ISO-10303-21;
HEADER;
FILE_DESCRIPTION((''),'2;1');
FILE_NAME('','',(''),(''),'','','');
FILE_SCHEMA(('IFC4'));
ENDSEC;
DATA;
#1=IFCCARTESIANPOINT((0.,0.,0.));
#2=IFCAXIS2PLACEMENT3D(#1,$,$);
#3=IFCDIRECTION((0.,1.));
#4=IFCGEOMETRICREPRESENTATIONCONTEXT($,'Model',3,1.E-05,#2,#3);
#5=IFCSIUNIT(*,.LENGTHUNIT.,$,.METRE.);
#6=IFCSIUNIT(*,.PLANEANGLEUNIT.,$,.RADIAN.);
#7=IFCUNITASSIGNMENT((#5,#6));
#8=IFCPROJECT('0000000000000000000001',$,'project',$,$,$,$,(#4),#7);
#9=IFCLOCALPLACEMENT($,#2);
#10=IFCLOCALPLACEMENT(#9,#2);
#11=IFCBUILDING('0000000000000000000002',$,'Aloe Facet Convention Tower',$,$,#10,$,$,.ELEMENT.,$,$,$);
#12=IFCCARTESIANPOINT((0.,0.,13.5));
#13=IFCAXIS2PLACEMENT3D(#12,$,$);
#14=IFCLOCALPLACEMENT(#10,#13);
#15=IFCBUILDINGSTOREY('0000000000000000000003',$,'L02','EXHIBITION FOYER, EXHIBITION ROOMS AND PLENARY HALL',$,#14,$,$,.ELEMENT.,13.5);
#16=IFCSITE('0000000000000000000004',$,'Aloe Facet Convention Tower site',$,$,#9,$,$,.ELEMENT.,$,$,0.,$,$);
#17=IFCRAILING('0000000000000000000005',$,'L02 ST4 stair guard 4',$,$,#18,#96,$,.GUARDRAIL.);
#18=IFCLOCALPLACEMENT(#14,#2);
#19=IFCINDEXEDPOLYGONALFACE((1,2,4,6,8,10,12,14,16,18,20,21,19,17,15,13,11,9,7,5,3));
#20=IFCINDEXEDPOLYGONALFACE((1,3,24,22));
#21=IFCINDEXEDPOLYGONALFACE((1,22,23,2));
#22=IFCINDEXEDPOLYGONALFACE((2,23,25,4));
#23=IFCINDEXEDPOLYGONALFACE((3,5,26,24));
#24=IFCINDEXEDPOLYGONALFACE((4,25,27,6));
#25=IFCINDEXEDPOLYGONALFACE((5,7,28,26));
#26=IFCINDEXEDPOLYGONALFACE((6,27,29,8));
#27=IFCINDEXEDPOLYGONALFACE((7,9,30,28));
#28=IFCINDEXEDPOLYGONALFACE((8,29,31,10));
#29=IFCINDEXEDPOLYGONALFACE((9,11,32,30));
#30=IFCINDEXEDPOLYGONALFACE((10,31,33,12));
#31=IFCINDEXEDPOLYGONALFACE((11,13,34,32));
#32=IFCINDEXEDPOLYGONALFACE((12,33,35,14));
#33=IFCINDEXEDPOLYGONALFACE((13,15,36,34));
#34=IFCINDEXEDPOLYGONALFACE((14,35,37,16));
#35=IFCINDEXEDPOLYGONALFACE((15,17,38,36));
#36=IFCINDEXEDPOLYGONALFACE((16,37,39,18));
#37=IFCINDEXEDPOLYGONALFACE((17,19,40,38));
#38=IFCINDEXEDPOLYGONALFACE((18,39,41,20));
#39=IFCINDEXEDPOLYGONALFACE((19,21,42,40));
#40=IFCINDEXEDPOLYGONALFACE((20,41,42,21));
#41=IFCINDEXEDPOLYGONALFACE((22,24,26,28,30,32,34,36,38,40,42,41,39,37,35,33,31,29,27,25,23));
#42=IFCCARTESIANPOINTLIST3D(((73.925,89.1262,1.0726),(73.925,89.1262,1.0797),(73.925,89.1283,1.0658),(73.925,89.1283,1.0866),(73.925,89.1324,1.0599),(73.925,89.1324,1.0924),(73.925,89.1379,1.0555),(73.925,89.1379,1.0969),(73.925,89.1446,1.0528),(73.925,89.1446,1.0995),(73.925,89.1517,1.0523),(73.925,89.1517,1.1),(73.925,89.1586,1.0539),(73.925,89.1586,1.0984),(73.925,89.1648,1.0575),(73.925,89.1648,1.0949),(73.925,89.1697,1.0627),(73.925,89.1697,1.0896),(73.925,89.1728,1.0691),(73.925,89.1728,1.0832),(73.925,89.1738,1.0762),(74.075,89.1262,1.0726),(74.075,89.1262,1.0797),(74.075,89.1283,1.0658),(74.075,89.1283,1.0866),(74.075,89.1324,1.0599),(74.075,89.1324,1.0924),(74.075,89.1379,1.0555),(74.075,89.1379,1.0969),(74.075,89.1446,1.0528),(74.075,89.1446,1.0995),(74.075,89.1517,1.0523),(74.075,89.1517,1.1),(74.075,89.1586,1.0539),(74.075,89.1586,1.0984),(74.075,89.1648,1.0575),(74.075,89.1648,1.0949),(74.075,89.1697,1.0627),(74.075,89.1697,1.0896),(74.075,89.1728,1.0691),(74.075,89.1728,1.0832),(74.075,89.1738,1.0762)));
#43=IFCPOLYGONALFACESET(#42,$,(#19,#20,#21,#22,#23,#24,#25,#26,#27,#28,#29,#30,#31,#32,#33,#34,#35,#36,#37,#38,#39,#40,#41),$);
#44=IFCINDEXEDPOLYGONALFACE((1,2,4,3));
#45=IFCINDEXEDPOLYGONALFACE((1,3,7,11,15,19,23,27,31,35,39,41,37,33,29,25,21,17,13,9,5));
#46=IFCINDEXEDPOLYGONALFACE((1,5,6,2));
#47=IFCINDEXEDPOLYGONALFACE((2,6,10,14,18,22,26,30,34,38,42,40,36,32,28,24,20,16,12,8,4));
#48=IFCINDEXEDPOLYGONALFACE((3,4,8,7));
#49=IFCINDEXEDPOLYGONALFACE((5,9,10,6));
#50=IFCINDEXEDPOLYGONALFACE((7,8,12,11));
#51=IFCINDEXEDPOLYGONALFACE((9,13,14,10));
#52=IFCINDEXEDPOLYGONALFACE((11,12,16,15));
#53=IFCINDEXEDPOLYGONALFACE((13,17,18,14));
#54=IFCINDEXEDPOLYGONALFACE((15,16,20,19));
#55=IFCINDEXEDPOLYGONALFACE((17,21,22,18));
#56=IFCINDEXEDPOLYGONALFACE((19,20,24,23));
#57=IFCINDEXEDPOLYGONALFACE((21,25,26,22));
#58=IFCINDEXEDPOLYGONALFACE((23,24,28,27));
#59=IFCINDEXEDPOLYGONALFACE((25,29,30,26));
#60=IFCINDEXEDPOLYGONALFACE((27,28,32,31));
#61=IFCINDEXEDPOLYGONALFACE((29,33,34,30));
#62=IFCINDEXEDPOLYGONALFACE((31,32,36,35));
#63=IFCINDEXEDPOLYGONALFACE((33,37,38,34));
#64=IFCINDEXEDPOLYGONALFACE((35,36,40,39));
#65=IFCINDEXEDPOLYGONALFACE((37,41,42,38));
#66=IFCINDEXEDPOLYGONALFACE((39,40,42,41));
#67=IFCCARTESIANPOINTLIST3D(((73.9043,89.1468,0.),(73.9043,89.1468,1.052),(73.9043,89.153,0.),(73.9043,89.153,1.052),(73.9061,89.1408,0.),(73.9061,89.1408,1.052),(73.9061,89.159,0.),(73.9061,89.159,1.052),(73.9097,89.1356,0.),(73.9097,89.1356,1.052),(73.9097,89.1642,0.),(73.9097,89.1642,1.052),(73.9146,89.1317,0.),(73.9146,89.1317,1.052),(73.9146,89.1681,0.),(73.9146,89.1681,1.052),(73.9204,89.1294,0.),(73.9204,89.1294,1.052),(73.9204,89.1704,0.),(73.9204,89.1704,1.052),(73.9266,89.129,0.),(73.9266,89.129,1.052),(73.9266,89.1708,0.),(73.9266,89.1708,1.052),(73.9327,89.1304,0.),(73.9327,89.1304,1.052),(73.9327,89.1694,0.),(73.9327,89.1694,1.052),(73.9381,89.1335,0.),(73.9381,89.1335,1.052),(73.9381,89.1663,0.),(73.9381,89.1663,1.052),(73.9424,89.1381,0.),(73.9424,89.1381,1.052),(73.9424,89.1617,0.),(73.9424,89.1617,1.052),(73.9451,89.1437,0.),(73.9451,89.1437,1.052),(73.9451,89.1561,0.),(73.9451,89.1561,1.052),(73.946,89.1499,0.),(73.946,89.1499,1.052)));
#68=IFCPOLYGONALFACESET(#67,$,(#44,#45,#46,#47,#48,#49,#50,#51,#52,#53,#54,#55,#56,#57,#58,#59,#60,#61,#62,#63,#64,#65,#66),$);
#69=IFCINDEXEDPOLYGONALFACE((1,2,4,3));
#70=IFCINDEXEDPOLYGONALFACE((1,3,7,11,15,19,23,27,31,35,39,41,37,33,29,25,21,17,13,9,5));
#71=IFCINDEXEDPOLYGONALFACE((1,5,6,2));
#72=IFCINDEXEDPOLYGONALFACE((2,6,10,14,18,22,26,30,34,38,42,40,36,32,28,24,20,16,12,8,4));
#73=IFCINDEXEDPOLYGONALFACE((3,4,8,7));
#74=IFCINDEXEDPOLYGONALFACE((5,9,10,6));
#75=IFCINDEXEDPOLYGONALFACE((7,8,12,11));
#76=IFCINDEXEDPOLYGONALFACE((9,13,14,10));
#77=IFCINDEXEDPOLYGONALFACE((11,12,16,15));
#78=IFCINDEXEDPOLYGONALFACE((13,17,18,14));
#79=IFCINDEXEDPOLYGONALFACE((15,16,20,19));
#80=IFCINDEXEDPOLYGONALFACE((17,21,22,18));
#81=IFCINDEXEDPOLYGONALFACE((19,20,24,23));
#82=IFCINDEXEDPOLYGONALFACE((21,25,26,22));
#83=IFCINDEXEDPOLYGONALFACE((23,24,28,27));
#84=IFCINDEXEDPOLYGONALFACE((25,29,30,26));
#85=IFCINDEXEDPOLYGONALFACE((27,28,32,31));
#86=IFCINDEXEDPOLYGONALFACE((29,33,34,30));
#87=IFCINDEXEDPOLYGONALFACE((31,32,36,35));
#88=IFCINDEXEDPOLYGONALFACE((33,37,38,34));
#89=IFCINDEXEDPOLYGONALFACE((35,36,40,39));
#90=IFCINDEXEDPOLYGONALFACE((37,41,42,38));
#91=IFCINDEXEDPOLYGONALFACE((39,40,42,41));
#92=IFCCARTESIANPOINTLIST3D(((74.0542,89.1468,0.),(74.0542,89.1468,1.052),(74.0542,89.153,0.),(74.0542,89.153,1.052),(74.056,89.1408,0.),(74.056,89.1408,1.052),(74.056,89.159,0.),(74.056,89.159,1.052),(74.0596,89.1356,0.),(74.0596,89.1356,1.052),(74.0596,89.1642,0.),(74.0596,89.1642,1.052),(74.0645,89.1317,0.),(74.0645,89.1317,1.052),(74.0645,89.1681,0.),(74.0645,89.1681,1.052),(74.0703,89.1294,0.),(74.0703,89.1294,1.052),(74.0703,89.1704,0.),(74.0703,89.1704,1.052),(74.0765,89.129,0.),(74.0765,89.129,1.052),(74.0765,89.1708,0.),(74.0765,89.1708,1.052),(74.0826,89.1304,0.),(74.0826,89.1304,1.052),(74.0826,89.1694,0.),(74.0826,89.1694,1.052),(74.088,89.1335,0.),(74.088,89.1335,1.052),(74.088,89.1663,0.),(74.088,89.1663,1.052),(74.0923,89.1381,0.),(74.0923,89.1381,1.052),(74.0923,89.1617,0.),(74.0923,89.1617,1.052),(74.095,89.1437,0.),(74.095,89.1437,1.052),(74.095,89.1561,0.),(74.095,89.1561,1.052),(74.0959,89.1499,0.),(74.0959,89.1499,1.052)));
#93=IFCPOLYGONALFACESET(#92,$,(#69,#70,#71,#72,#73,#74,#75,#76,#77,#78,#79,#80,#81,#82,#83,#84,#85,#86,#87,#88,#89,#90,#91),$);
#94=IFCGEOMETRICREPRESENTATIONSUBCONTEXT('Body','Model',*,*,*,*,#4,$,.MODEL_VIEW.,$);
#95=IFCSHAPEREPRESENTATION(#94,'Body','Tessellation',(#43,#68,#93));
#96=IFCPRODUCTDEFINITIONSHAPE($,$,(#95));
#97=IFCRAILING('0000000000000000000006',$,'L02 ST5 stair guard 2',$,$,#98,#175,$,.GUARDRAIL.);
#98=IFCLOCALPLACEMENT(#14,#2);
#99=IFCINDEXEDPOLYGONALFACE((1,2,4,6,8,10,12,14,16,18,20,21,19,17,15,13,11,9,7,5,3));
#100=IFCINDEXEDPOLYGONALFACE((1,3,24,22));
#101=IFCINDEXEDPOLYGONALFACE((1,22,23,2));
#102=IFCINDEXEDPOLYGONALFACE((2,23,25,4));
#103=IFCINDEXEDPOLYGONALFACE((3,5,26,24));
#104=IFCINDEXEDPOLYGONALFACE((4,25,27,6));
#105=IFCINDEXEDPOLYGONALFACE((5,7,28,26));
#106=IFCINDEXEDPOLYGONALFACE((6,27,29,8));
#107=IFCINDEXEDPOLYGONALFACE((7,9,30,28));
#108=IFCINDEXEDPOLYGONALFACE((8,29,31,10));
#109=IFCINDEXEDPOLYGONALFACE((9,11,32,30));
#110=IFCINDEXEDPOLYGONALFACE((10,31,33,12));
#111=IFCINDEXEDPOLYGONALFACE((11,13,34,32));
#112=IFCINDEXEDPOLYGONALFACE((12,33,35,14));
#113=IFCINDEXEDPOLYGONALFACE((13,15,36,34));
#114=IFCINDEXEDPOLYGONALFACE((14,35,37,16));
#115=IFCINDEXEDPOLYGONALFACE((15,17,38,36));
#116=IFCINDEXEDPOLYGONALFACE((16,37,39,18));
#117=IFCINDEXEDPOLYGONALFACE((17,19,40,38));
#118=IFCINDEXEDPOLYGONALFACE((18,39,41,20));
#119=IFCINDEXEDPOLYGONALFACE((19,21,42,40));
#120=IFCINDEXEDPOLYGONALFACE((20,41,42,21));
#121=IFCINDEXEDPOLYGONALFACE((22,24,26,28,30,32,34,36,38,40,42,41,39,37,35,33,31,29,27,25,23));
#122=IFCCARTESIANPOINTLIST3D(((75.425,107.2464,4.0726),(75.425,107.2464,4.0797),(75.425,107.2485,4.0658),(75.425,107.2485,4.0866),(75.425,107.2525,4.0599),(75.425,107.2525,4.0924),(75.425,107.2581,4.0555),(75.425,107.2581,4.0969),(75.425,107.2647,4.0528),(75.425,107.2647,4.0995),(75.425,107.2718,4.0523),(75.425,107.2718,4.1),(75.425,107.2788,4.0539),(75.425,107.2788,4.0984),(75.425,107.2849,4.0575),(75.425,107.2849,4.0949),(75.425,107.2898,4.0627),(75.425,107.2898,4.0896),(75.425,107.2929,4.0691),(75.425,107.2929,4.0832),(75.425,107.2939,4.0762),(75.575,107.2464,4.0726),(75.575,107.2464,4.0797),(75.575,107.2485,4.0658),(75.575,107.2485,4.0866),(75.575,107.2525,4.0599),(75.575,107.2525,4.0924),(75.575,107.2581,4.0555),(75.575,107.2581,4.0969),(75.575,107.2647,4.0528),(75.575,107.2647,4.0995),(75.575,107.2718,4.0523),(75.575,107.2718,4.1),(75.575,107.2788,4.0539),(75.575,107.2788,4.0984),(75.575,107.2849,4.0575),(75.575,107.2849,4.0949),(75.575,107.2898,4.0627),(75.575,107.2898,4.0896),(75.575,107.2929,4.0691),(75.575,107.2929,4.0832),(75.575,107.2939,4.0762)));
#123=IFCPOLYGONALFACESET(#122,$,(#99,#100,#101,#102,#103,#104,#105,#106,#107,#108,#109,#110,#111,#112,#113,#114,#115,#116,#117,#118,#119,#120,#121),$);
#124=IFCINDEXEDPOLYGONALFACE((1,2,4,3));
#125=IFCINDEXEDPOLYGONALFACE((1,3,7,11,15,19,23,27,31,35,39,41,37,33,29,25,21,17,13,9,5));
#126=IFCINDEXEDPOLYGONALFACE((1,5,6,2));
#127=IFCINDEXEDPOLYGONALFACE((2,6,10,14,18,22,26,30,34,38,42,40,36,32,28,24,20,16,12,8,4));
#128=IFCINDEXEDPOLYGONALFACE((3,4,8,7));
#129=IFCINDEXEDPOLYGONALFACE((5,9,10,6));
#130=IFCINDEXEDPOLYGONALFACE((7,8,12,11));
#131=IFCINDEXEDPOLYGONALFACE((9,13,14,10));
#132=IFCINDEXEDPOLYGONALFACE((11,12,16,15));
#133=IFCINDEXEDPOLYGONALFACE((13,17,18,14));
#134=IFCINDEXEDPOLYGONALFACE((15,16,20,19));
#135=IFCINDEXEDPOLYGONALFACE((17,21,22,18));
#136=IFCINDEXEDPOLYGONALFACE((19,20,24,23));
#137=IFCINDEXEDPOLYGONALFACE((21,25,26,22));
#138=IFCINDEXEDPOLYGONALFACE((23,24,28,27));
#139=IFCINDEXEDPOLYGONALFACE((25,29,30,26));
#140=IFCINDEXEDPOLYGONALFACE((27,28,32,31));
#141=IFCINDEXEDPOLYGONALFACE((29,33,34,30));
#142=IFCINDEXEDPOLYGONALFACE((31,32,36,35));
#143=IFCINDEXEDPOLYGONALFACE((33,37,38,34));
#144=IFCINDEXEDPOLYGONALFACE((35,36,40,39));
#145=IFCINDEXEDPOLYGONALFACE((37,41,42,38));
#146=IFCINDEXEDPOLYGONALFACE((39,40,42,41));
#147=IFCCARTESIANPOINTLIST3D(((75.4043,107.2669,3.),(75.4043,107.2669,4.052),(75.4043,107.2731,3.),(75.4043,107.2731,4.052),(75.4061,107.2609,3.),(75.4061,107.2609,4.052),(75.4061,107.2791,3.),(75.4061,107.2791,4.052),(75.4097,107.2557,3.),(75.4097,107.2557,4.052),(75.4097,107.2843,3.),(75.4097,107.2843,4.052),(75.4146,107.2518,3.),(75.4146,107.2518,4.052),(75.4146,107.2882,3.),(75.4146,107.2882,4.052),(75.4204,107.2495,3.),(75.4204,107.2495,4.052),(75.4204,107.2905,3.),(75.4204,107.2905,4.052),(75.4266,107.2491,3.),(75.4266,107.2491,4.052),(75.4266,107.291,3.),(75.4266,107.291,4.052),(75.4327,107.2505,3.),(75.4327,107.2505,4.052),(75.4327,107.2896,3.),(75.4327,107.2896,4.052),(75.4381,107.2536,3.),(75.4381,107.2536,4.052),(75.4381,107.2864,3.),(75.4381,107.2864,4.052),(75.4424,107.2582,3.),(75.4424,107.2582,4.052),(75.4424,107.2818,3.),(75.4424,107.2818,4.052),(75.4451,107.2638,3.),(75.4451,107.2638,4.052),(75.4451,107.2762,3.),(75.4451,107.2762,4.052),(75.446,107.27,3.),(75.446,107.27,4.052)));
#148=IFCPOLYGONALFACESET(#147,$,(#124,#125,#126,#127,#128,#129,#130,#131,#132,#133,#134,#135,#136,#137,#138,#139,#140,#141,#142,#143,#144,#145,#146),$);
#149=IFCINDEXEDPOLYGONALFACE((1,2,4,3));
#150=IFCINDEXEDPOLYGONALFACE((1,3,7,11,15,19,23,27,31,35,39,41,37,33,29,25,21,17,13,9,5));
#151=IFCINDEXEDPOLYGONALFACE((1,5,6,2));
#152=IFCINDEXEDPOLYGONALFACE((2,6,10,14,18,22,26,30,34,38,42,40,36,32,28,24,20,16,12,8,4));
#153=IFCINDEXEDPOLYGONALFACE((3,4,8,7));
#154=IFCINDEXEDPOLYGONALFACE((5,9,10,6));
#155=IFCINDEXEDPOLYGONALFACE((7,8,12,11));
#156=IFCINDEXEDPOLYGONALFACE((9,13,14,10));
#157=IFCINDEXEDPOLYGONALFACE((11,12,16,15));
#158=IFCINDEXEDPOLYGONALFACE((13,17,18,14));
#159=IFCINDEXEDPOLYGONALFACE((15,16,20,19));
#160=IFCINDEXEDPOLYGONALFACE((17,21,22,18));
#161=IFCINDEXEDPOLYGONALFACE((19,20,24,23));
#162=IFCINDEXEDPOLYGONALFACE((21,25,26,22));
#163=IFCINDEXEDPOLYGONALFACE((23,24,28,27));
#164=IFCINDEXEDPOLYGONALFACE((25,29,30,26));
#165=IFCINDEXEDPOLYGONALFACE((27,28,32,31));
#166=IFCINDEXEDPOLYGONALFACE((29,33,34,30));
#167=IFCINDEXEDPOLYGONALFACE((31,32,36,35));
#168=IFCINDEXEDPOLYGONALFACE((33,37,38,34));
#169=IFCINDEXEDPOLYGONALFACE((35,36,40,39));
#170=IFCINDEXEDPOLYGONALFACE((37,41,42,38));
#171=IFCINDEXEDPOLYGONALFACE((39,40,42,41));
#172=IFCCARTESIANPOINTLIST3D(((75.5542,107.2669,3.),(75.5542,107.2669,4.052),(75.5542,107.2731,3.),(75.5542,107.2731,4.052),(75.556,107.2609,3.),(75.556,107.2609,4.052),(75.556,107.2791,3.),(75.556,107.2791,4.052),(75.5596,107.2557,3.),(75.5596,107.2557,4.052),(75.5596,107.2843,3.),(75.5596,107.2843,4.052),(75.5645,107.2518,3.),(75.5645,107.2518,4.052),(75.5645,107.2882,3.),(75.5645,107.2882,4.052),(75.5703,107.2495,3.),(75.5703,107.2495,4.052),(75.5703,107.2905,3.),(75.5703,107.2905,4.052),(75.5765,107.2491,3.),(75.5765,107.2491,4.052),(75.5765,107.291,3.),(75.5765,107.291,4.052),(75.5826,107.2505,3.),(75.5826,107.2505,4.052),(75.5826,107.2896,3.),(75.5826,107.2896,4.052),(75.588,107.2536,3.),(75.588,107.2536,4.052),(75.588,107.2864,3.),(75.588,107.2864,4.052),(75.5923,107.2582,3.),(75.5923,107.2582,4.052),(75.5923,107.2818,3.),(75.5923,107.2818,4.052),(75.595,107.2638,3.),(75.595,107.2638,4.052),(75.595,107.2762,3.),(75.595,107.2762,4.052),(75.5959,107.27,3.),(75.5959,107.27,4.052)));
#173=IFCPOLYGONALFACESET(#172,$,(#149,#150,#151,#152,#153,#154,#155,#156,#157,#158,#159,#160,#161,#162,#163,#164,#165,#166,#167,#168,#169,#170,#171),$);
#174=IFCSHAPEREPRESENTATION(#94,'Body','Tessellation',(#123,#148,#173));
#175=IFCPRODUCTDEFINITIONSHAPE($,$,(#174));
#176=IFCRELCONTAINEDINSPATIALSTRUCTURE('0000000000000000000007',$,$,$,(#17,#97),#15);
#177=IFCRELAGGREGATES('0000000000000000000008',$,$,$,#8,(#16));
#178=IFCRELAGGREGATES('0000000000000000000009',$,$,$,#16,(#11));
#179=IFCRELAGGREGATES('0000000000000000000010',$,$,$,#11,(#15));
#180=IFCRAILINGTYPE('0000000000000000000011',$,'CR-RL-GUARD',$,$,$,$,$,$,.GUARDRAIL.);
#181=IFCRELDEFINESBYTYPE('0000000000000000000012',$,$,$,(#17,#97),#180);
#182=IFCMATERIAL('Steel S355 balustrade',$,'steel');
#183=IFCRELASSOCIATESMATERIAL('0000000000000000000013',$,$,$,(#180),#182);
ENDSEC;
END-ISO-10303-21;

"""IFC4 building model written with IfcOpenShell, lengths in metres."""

from ifc_helpers import new_model, si_unit, direction, frame, origin, origin_2d, place, context, subcontext, project, spatial, circle, extrude, material, type_object, element, save


model = new_model("IFC4")

# Units and contexts
model_context = context("Model", 3, precision=1e-05, world=origin(), true_north=direction((0.0, 1.0)))
body_context = subcontext(model_context, "Body", "Model", "MODEL_VIEW")
ifc_project = project(units=[si_unit("LENGTHUNIT", "METRE"), si_unit("PLANEANGLEUNIT", "RADIAN")], contexts=[model_context])

# Site, building, storey
site_placement = place(None, origin())
site = spatial("IfcSite", under=ifc_project, at=site_placement, Name="Aloe Facet Convention Tower site", CompositionType="ELEMENT", RefElevation=0.0)
building_placement = place(site_placement, origin())
building = spatial("IfcBuilding", under=site, at=building_placement, Name="Aloe Facet Convention Tower", CompositionType="ELEMENT")
storey_placement = place(building_placement, frame((0.0, 0.0, 13.5)))
storey = spatial("IfcBuildingStorey", under=building, at=storey_placement, Name="L02", Description="EXHIBITION FOYER, EXHIBITION ROOMS AND PLENARY HALL", CompositionType="ELEMENT", Elevation=13.5)

# Railings
ifc_material_1 = material(Name="Steel S355 balustrade", Category="steel")
railing_type = type_object("IfcRailingType", Name="CR-RL-GUARD", PredefinedType="GUARDRAIL", material=ifc_material_1)
for number, where, name in (
    (1, (73.925, 89.1499, 0.0), "L02 ST4 stair guard 4"),
    (2, (75.425, 107.27, 3.0), "L02 ST5 stair guard 2"),
):
    element("IfcRailing", number, at=place(storey_placement, frame(where)), inside=storey, type_object=railing_type, Name=name, PredefinedType="GUARDRAIL", context=body_context, shape_type="SweptSolid", body=[
        extrude(circle(Radius=0.0239, at=origin_2d()), frame((0.0, 0.0, 1.0762), z_axis=(1.0, 0.0, 0.0), x_axis=(0.0, 1.0, 0.0)), (0.0, 0.0, 1.0), 0.1499),
        extrude(circle(Radius=0.021, at=origin_2d()), origin(), (0.0, 0.0, 1.0), 1.052),
        extrude(circle(Radius=0.021, at=origin_2d()), frame((0.1499, 0.0, 0.0)), (0.0, 0.0, 1.0), 1.052),
    ])

save(model, "model.ifc")
